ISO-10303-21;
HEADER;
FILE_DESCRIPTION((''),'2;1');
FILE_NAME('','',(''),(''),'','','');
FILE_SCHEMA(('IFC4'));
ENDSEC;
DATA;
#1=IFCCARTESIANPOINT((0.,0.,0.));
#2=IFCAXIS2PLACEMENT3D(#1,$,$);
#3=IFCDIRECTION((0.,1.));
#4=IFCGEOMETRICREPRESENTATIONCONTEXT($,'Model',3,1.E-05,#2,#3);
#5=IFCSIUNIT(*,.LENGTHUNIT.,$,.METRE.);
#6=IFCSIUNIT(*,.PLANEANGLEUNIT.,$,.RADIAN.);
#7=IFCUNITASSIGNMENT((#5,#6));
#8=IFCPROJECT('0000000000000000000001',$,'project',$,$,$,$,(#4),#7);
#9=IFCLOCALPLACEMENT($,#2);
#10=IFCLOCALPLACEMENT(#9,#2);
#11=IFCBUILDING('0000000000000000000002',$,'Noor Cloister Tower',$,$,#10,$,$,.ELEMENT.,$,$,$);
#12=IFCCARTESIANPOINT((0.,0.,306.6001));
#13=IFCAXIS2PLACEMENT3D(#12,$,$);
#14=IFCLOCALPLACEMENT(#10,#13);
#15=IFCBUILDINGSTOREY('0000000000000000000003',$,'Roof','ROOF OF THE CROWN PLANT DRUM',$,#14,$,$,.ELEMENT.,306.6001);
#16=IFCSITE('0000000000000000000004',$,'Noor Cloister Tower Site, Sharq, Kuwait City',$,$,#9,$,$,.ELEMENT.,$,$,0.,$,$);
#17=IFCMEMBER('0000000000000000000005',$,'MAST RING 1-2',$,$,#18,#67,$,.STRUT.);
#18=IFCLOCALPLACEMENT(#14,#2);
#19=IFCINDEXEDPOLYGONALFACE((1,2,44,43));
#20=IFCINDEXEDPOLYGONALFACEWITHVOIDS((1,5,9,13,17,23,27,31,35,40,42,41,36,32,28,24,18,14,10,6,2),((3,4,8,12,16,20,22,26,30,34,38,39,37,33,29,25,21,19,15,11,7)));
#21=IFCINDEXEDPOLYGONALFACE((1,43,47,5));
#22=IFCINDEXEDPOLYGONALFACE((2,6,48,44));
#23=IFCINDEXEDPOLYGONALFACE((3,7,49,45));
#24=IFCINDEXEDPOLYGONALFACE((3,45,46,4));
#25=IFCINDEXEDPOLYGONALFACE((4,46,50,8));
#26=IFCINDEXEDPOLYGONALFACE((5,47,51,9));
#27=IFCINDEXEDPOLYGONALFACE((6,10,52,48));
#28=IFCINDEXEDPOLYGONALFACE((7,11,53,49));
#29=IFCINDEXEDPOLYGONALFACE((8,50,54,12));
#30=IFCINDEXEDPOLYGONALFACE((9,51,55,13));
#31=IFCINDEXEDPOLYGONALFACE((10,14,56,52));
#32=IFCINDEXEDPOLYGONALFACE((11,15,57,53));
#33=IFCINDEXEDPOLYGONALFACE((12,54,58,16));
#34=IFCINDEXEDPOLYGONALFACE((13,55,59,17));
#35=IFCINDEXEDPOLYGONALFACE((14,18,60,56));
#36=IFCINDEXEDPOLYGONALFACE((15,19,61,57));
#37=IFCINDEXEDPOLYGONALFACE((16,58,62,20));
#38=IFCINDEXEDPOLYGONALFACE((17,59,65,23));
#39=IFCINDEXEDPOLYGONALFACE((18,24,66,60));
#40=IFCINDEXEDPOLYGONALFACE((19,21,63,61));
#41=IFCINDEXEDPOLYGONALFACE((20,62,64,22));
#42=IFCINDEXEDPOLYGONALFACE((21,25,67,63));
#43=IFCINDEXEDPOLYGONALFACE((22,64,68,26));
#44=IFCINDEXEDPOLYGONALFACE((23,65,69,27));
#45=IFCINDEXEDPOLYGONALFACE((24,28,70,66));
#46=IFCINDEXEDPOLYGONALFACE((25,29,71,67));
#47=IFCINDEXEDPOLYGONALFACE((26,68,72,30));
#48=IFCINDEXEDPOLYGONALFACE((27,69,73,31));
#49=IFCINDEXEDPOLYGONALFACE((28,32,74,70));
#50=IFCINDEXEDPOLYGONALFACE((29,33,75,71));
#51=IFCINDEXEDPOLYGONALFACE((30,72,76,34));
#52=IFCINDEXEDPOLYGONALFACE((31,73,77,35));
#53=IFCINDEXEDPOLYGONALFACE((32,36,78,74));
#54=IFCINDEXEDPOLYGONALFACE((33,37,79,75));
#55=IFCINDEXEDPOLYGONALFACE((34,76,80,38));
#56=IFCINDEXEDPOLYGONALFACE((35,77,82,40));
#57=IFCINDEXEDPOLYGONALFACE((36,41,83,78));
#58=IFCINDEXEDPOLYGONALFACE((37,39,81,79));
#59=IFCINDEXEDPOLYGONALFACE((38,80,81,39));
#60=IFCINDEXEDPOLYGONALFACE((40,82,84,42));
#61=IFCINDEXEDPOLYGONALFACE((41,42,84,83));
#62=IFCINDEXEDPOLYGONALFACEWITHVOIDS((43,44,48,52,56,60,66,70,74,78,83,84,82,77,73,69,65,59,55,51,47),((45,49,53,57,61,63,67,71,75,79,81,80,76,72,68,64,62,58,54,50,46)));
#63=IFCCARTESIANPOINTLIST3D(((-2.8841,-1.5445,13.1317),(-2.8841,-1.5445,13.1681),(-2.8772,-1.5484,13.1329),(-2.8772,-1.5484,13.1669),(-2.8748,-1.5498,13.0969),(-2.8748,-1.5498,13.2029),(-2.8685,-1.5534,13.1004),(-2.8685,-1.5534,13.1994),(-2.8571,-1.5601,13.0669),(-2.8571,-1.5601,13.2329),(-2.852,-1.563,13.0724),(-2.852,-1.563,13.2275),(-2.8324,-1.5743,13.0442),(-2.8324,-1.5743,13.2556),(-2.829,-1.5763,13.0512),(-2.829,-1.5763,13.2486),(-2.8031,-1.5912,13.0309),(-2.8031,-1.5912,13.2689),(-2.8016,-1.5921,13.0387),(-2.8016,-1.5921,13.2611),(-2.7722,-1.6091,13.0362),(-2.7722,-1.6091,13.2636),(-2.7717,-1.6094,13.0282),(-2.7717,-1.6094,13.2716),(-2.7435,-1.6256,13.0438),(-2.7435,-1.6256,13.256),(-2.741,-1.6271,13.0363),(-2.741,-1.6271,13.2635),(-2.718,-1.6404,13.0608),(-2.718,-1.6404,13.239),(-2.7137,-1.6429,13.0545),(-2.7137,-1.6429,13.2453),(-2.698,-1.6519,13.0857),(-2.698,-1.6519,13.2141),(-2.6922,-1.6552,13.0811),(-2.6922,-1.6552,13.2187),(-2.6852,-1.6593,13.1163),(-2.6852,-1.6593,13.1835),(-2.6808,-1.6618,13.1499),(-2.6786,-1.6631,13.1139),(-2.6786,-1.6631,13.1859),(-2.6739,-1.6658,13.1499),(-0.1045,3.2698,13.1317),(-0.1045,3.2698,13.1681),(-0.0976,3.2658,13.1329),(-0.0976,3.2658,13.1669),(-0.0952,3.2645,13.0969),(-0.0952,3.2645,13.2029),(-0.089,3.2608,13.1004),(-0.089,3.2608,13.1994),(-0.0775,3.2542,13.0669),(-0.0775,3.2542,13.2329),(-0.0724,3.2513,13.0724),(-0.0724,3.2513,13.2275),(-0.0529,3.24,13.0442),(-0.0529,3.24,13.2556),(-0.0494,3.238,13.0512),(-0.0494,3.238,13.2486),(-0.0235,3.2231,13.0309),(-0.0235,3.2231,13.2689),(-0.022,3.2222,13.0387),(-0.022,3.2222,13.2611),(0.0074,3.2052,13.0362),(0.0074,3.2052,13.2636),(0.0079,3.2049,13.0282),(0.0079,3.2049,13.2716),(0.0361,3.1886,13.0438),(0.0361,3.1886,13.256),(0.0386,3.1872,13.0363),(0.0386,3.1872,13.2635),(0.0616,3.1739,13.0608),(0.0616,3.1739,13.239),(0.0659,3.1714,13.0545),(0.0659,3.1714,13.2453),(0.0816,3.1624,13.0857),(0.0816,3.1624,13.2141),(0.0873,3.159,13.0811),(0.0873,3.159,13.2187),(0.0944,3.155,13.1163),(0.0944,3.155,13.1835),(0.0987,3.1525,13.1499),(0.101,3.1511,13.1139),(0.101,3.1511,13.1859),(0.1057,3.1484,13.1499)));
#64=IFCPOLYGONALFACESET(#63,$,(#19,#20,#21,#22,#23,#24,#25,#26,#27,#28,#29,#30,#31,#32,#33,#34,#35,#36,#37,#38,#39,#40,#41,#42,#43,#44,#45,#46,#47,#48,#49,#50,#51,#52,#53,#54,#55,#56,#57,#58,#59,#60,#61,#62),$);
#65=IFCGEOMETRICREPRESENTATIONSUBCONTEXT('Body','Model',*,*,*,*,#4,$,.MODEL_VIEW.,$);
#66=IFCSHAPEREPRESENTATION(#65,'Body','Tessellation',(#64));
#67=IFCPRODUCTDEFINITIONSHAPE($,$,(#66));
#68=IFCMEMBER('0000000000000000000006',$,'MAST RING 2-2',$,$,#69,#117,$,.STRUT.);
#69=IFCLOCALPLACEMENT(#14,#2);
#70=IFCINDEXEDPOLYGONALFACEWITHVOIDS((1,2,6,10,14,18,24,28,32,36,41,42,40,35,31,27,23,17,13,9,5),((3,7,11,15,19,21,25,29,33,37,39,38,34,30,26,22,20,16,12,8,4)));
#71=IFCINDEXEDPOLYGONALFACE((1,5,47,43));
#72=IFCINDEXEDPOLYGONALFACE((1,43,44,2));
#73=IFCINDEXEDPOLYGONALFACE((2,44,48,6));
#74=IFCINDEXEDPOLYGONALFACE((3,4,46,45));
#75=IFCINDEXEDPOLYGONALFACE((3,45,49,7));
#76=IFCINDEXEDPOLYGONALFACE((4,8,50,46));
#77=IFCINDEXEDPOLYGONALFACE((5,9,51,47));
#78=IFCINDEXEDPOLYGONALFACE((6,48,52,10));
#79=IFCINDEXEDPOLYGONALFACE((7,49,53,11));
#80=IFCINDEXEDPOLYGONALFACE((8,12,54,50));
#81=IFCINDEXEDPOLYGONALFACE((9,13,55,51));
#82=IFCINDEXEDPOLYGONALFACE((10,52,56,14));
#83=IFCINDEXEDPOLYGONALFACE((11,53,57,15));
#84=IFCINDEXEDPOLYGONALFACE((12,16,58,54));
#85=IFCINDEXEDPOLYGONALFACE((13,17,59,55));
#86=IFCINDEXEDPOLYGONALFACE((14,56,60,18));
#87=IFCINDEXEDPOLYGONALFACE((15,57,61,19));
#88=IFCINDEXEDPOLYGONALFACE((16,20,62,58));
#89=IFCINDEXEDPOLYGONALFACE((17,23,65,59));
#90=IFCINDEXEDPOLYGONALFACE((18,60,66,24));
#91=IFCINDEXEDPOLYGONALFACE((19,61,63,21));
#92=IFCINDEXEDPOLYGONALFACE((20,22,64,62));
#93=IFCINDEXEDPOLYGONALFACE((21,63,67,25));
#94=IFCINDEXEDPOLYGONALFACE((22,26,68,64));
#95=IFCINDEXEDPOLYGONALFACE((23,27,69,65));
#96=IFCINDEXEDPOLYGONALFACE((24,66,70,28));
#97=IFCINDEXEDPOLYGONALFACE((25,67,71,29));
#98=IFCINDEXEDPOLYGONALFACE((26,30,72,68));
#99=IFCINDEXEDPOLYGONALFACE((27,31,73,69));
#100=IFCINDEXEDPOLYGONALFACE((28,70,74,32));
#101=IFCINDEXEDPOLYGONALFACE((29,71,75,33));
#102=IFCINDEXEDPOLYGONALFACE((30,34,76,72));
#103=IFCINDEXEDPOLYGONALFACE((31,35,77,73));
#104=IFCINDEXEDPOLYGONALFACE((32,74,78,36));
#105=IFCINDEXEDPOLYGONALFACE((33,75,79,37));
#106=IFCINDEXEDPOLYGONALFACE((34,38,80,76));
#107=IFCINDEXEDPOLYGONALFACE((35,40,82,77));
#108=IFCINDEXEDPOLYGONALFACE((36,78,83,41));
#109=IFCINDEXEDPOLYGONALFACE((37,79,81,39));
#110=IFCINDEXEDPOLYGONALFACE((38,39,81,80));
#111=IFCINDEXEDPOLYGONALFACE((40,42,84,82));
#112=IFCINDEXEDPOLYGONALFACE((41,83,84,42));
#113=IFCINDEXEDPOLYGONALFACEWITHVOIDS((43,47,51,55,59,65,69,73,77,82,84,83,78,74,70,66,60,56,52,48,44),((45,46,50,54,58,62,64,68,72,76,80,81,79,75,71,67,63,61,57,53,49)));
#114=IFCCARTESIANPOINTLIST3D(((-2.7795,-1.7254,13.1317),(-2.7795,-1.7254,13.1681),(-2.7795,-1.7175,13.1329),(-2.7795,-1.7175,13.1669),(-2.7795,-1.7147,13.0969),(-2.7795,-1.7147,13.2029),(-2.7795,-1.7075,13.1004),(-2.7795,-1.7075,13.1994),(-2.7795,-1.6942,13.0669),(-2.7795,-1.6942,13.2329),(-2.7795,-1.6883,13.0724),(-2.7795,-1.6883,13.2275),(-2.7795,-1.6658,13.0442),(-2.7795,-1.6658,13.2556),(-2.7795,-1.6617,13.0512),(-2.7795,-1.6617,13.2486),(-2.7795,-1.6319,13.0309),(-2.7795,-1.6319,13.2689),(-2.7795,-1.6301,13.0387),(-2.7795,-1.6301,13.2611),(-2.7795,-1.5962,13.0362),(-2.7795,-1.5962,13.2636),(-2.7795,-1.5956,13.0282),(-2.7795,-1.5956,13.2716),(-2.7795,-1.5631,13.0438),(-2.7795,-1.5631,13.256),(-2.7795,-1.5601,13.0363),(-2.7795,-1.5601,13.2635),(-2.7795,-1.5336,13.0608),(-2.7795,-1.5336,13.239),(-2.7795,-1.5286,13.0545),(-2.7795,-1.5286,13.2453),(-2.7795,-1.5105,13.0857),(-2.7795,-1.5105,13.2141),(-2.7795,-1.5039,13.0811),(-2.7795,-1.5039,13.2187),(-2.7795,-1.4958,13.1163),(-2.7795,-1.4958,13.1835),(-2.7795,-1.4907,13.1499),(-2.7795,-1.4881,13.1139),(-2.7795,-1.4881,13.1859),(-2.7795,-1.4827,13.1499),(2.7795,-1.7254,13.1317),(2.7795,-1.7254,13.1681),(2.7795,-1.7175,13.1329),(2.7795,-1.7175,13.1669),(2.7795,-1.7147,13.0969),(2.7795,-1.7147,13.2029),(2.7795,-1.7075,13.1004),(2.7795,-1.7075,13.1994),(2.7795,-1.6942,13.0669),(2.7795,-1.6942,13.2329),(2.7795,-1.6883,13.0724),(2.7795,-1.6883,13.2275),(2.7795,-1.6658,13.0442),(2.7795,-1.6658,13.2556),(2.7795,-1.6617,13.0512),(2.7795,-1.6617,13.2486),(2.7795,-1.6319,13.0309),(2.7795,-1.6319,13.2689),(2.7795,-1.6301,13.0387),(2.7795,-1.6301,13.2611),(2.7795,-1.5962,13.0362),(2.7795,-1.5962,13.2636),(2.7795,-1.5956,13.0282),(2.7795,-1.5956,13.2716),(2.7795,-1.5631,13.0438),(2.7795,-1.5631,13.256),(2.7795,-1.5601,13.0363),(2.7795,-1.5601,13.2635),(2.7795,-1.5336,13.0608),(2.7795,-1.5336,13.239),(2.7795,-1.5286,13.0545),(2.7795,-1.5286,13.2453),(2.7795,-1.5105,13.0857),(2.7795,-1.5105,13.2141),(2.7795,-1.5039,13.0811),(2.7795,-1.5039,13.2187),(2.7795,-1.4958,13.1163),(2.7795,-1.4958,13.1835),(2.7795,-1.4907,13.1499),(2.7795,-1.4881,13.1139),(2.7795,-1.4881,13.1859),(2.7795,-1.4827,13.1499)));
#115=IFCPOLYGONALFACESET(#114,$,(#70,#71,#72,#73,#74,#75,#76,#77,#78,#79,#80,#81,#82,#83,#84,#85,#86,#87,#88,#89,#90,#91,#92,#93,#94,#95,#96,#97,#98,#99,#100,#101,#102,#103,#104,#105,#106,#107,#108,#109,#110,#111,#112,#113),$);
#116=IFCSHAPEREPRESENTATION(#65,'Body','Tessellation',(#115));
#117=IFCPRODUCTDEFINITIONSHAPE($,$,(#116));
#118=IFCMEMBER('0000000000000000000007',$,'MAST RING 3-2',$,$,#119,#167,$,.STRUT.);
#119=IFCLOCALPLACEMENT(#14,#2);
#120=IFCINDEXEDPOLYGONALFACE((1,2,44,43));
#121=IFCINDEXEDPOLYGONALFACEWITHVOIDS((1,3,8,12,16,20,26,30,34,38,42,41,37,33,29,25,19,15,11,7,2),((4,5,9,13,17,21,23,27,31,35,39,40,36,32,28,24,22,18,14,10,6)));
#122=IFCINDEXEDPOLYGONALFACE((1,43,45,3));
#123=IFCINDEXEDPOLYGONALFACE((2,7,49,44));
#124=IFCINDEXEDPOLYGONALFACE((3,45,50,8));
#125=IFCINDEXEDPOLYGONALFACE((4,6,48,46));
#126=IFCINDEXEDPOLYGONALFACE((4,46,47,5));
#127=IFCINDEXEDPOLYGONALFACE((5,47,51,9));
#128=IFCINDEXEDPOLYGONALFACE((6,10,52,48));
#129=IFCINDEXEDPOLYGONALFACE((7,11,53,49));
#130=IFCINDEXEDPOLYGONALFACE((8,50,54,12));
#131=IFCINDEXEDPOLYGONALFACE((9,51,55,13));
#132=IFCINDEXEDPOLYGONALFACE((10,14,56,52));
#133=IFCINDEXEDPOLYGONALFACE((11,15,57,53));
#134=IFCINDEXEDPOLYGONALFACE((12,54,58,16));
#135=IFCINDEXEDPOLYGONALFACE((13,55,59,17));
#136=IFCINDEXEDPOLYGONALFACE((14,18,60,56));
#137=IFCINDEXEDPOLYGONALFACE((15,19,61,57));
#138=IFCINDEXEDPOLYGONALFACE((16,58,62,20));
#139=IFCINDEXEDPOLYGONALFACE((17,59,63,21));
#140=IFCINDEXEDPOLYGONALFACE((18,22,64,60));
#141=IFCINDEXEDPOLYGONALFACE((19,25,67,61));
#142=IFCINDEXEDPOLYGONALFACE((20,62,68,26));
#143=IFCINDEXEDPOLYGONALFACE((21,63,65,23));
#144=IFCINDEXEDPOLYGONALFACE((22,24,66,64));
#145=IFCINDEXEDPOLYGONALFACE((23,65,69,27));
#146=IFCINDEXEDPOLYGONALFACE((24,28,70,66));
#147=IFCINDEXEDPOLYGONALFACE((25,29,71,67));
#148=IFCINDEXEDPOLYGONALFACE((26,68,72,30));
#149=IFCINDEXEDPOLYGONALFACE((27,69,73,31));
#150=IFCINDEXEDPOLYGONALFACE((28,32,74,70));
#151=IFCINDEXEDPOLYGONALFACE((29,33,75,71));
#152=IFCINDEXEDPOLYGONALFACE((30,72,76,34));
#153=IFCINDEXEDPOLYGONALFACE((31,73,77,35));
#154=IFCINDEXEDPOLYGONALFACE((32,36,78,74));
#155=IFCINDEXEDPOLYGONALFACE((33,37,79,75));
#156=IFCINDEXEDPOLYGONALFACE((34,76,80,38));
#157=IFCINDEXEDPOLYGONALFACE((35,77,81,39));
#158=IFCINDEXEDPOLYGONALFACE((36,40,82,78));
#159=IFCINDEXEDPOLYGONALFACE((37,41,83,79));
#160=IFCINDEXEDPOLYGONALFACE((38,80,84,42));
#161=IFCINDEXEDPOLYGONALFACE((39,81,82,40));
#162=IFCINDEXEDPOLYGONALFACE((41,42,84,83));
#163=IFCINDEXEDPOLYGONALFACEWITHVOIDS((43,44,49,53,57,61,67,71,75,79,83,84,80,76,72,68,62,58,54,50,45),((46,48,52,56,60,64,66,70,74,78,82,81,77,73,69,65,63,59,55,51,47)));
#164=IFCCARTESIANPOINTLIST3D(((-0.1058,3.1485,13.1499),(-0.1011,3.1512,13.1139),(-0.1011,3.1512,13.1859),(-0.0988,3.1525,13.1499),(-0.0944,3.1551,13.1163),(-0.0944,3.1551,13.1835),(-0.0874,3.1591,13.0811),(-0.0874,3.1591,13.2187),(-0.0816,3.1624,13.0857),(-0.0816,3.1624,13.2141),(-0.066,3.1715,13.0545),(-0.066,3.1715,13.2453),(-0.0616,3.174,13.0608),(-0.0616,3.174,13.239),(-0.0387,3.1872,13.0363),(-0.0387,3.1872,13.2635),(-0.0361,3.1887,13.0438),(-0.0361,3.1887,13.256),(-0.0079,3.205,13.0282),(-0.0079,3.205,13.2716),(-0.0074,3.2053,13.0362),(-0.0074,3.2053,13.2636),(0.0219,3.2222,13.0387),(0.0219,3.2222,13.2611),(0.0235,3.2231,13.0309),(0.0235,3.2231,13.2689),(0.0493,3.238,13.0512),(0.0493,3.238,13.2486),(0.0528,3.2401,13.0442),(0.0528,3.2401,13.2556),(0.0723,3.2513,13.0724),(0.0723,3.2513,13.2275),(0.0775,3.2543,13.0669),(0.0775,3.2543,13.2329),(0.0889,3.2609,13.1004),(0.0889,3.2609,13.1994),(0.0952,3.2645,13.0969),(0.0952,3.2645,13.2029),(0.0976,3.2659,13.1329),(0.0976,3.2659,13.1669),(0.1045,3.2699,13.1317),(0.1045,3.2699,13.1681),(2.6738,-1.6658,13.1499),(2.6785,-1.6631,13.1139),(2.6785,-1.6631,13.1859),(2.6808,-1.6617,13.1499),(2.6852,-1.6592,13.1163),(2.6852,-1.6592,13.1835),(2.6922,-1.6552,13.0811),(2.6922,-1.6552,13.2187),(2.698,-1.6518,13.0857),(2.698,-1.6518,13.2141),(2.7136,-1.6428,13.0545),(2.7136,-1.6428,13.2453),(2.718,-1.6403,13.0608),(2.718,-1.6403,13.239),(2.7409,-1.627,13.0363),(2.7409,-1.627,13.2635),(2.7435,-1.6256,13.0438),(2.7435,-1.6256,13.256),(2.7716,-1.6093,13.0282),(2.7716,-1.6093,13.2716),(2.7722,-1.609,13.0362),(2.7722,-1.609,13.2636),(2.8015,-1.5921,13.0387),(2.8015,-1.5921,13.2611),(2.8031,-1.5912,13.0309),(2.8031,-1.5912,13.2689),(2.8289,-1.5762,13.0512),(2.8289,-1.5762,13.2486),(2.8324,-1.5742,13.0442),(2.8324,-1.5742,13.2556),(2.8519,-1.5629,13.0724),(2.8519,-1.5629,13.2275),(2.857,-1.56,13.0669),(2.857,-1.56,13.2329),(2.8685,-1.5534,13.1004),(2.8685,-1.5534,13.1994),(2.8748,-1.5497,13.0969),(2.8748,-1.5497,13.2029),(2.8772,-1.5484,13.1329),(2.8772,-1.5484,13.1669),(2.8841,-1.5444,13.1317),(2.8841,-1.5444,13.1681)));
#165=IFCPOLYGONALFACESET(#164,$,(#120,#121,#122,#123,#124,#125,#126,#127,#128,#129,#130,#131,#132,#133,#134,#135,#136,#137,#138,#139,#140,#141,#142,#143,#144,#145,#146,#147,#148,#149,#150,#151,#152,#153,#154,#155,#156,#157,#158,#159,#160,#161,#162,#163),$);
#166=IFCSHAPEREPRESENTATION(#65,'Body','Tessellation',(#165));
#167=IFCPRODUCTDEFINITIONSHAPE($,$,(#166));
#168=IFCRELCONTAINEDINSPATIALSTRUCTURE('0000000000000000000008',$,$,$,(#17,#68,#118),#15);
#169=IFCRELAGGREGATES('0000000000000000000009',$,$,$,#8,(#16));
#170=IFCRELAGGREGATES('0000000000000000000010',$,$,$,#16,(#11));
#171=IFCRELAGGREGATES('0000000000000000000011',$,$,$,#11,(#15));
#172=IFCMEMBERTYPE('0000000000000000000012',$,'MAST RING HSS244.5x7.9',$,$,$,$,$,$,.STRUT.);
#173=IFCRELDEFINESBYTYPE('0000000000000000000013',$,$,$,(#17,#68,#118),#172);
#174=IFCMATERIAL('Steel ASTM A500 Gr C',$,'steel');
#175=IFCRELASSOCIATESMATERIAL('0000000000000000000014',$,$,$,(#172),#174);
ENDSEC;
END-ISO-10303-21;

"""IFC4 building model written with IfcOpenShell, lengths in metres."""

from ifc_helpers import new_model, si_unit, direction, frame, origin, origin_2d, place, context, subcontext, project, spatial, hollow_circle, extrude, material, material_profile, profile_set, type_object, element, save


model = new_model("IFC4")

# Units and contexts
model_context = context("Model", 3, precision=1e-05, world=origin(), true_north=direction((0.0, 1.0)))
body_context = subcontext(model_context, "Body", "Model", "MODEL_VIEW")
ifc_project = project(units=[si_unit("LENGTHUNIT", "METRE"), si_unit("PLANEANGLEUNIT", "RADIAN")], contexts=[model_context])

# Site, building, storey
site_placement = place(None, origin())
site = spatial("IfcSite", under=ifc_project, at=site_placement, Name="Noor Cloister Tower Site, Sharq, Kuwait City", CompositionType="ELEMENT", RefElevation=0.0)
building_placement = place(site_placement, origin())
building = spatial("IfcBuilding", under=site, at=building_placement, Name="Noor Cloister Tower", CompositionType="ELEMENT")
storey_placement = place(building_placement, frame((0.0, 0.0, 306.6001)))
storey = spatial("IfcBuildingStorey", under=building, at=storey_placement, Name="Roof", Description="ROOF OF THE CROWN PLANT DRUM", CompositionType="ELEMENT", Elevation=306.6001)

# Members
ifc_material_1 = material(Name="Steel ASTM A500 Gr C", Category="steel")
ifc_material_profile_1 = material_profile(ifc_material_1, hollow_circle(Radius=0.1221, WallThickness=0.0081, at=origin_2d()), Name="HSS244.5x7.9")
ifc_profile_set_1 = profile_set([ifc_material_profile_1], Name="Steel ASTM A500 Gr C")
member_type_1 = type_object("IfcMemberType", Name="MAST RING HSS244.5x7.9", PredefinedType="STRUT", material=ifc_profile_set_1)
for number, where, z_axis, x_axis, name in (
    (1, (0.0, 3.2095, 13.1499), (-0.500008, -0.866021, 0.0), (0.866021, -0.500008, 0.0), "MAST RING 1-2"),
    (2, (-2.7795, -1.6047, 13.1499), (1.0, 0.0, 0.0), (0.0, 1.0, 0.0), "MAST RING 2-2"),
    (3, (2.7795, -1.6047, 13.1499), (-0.500008, 0.866021, 0.0), (-0.866021, -0.500008, 0.0), "MAST RING 3-2"),
):
    element("IfcMember", number, at=place(storey_placement, frame(where, z_axis=z_axis, x_axis=x_axis)), inside=storey, type_object=member_type_1, Name=name, PredefinedType="STRUT", context=body_context, shape_type="SweptSolid", body=[
        extrude(hollow_circle(Radius=0.1221, WallThickness=0.0081, at=origin_2d()), origin(), (0.0, 0.0, 1.0), 5.5591),
    ])

save(model, "model.ifc")
